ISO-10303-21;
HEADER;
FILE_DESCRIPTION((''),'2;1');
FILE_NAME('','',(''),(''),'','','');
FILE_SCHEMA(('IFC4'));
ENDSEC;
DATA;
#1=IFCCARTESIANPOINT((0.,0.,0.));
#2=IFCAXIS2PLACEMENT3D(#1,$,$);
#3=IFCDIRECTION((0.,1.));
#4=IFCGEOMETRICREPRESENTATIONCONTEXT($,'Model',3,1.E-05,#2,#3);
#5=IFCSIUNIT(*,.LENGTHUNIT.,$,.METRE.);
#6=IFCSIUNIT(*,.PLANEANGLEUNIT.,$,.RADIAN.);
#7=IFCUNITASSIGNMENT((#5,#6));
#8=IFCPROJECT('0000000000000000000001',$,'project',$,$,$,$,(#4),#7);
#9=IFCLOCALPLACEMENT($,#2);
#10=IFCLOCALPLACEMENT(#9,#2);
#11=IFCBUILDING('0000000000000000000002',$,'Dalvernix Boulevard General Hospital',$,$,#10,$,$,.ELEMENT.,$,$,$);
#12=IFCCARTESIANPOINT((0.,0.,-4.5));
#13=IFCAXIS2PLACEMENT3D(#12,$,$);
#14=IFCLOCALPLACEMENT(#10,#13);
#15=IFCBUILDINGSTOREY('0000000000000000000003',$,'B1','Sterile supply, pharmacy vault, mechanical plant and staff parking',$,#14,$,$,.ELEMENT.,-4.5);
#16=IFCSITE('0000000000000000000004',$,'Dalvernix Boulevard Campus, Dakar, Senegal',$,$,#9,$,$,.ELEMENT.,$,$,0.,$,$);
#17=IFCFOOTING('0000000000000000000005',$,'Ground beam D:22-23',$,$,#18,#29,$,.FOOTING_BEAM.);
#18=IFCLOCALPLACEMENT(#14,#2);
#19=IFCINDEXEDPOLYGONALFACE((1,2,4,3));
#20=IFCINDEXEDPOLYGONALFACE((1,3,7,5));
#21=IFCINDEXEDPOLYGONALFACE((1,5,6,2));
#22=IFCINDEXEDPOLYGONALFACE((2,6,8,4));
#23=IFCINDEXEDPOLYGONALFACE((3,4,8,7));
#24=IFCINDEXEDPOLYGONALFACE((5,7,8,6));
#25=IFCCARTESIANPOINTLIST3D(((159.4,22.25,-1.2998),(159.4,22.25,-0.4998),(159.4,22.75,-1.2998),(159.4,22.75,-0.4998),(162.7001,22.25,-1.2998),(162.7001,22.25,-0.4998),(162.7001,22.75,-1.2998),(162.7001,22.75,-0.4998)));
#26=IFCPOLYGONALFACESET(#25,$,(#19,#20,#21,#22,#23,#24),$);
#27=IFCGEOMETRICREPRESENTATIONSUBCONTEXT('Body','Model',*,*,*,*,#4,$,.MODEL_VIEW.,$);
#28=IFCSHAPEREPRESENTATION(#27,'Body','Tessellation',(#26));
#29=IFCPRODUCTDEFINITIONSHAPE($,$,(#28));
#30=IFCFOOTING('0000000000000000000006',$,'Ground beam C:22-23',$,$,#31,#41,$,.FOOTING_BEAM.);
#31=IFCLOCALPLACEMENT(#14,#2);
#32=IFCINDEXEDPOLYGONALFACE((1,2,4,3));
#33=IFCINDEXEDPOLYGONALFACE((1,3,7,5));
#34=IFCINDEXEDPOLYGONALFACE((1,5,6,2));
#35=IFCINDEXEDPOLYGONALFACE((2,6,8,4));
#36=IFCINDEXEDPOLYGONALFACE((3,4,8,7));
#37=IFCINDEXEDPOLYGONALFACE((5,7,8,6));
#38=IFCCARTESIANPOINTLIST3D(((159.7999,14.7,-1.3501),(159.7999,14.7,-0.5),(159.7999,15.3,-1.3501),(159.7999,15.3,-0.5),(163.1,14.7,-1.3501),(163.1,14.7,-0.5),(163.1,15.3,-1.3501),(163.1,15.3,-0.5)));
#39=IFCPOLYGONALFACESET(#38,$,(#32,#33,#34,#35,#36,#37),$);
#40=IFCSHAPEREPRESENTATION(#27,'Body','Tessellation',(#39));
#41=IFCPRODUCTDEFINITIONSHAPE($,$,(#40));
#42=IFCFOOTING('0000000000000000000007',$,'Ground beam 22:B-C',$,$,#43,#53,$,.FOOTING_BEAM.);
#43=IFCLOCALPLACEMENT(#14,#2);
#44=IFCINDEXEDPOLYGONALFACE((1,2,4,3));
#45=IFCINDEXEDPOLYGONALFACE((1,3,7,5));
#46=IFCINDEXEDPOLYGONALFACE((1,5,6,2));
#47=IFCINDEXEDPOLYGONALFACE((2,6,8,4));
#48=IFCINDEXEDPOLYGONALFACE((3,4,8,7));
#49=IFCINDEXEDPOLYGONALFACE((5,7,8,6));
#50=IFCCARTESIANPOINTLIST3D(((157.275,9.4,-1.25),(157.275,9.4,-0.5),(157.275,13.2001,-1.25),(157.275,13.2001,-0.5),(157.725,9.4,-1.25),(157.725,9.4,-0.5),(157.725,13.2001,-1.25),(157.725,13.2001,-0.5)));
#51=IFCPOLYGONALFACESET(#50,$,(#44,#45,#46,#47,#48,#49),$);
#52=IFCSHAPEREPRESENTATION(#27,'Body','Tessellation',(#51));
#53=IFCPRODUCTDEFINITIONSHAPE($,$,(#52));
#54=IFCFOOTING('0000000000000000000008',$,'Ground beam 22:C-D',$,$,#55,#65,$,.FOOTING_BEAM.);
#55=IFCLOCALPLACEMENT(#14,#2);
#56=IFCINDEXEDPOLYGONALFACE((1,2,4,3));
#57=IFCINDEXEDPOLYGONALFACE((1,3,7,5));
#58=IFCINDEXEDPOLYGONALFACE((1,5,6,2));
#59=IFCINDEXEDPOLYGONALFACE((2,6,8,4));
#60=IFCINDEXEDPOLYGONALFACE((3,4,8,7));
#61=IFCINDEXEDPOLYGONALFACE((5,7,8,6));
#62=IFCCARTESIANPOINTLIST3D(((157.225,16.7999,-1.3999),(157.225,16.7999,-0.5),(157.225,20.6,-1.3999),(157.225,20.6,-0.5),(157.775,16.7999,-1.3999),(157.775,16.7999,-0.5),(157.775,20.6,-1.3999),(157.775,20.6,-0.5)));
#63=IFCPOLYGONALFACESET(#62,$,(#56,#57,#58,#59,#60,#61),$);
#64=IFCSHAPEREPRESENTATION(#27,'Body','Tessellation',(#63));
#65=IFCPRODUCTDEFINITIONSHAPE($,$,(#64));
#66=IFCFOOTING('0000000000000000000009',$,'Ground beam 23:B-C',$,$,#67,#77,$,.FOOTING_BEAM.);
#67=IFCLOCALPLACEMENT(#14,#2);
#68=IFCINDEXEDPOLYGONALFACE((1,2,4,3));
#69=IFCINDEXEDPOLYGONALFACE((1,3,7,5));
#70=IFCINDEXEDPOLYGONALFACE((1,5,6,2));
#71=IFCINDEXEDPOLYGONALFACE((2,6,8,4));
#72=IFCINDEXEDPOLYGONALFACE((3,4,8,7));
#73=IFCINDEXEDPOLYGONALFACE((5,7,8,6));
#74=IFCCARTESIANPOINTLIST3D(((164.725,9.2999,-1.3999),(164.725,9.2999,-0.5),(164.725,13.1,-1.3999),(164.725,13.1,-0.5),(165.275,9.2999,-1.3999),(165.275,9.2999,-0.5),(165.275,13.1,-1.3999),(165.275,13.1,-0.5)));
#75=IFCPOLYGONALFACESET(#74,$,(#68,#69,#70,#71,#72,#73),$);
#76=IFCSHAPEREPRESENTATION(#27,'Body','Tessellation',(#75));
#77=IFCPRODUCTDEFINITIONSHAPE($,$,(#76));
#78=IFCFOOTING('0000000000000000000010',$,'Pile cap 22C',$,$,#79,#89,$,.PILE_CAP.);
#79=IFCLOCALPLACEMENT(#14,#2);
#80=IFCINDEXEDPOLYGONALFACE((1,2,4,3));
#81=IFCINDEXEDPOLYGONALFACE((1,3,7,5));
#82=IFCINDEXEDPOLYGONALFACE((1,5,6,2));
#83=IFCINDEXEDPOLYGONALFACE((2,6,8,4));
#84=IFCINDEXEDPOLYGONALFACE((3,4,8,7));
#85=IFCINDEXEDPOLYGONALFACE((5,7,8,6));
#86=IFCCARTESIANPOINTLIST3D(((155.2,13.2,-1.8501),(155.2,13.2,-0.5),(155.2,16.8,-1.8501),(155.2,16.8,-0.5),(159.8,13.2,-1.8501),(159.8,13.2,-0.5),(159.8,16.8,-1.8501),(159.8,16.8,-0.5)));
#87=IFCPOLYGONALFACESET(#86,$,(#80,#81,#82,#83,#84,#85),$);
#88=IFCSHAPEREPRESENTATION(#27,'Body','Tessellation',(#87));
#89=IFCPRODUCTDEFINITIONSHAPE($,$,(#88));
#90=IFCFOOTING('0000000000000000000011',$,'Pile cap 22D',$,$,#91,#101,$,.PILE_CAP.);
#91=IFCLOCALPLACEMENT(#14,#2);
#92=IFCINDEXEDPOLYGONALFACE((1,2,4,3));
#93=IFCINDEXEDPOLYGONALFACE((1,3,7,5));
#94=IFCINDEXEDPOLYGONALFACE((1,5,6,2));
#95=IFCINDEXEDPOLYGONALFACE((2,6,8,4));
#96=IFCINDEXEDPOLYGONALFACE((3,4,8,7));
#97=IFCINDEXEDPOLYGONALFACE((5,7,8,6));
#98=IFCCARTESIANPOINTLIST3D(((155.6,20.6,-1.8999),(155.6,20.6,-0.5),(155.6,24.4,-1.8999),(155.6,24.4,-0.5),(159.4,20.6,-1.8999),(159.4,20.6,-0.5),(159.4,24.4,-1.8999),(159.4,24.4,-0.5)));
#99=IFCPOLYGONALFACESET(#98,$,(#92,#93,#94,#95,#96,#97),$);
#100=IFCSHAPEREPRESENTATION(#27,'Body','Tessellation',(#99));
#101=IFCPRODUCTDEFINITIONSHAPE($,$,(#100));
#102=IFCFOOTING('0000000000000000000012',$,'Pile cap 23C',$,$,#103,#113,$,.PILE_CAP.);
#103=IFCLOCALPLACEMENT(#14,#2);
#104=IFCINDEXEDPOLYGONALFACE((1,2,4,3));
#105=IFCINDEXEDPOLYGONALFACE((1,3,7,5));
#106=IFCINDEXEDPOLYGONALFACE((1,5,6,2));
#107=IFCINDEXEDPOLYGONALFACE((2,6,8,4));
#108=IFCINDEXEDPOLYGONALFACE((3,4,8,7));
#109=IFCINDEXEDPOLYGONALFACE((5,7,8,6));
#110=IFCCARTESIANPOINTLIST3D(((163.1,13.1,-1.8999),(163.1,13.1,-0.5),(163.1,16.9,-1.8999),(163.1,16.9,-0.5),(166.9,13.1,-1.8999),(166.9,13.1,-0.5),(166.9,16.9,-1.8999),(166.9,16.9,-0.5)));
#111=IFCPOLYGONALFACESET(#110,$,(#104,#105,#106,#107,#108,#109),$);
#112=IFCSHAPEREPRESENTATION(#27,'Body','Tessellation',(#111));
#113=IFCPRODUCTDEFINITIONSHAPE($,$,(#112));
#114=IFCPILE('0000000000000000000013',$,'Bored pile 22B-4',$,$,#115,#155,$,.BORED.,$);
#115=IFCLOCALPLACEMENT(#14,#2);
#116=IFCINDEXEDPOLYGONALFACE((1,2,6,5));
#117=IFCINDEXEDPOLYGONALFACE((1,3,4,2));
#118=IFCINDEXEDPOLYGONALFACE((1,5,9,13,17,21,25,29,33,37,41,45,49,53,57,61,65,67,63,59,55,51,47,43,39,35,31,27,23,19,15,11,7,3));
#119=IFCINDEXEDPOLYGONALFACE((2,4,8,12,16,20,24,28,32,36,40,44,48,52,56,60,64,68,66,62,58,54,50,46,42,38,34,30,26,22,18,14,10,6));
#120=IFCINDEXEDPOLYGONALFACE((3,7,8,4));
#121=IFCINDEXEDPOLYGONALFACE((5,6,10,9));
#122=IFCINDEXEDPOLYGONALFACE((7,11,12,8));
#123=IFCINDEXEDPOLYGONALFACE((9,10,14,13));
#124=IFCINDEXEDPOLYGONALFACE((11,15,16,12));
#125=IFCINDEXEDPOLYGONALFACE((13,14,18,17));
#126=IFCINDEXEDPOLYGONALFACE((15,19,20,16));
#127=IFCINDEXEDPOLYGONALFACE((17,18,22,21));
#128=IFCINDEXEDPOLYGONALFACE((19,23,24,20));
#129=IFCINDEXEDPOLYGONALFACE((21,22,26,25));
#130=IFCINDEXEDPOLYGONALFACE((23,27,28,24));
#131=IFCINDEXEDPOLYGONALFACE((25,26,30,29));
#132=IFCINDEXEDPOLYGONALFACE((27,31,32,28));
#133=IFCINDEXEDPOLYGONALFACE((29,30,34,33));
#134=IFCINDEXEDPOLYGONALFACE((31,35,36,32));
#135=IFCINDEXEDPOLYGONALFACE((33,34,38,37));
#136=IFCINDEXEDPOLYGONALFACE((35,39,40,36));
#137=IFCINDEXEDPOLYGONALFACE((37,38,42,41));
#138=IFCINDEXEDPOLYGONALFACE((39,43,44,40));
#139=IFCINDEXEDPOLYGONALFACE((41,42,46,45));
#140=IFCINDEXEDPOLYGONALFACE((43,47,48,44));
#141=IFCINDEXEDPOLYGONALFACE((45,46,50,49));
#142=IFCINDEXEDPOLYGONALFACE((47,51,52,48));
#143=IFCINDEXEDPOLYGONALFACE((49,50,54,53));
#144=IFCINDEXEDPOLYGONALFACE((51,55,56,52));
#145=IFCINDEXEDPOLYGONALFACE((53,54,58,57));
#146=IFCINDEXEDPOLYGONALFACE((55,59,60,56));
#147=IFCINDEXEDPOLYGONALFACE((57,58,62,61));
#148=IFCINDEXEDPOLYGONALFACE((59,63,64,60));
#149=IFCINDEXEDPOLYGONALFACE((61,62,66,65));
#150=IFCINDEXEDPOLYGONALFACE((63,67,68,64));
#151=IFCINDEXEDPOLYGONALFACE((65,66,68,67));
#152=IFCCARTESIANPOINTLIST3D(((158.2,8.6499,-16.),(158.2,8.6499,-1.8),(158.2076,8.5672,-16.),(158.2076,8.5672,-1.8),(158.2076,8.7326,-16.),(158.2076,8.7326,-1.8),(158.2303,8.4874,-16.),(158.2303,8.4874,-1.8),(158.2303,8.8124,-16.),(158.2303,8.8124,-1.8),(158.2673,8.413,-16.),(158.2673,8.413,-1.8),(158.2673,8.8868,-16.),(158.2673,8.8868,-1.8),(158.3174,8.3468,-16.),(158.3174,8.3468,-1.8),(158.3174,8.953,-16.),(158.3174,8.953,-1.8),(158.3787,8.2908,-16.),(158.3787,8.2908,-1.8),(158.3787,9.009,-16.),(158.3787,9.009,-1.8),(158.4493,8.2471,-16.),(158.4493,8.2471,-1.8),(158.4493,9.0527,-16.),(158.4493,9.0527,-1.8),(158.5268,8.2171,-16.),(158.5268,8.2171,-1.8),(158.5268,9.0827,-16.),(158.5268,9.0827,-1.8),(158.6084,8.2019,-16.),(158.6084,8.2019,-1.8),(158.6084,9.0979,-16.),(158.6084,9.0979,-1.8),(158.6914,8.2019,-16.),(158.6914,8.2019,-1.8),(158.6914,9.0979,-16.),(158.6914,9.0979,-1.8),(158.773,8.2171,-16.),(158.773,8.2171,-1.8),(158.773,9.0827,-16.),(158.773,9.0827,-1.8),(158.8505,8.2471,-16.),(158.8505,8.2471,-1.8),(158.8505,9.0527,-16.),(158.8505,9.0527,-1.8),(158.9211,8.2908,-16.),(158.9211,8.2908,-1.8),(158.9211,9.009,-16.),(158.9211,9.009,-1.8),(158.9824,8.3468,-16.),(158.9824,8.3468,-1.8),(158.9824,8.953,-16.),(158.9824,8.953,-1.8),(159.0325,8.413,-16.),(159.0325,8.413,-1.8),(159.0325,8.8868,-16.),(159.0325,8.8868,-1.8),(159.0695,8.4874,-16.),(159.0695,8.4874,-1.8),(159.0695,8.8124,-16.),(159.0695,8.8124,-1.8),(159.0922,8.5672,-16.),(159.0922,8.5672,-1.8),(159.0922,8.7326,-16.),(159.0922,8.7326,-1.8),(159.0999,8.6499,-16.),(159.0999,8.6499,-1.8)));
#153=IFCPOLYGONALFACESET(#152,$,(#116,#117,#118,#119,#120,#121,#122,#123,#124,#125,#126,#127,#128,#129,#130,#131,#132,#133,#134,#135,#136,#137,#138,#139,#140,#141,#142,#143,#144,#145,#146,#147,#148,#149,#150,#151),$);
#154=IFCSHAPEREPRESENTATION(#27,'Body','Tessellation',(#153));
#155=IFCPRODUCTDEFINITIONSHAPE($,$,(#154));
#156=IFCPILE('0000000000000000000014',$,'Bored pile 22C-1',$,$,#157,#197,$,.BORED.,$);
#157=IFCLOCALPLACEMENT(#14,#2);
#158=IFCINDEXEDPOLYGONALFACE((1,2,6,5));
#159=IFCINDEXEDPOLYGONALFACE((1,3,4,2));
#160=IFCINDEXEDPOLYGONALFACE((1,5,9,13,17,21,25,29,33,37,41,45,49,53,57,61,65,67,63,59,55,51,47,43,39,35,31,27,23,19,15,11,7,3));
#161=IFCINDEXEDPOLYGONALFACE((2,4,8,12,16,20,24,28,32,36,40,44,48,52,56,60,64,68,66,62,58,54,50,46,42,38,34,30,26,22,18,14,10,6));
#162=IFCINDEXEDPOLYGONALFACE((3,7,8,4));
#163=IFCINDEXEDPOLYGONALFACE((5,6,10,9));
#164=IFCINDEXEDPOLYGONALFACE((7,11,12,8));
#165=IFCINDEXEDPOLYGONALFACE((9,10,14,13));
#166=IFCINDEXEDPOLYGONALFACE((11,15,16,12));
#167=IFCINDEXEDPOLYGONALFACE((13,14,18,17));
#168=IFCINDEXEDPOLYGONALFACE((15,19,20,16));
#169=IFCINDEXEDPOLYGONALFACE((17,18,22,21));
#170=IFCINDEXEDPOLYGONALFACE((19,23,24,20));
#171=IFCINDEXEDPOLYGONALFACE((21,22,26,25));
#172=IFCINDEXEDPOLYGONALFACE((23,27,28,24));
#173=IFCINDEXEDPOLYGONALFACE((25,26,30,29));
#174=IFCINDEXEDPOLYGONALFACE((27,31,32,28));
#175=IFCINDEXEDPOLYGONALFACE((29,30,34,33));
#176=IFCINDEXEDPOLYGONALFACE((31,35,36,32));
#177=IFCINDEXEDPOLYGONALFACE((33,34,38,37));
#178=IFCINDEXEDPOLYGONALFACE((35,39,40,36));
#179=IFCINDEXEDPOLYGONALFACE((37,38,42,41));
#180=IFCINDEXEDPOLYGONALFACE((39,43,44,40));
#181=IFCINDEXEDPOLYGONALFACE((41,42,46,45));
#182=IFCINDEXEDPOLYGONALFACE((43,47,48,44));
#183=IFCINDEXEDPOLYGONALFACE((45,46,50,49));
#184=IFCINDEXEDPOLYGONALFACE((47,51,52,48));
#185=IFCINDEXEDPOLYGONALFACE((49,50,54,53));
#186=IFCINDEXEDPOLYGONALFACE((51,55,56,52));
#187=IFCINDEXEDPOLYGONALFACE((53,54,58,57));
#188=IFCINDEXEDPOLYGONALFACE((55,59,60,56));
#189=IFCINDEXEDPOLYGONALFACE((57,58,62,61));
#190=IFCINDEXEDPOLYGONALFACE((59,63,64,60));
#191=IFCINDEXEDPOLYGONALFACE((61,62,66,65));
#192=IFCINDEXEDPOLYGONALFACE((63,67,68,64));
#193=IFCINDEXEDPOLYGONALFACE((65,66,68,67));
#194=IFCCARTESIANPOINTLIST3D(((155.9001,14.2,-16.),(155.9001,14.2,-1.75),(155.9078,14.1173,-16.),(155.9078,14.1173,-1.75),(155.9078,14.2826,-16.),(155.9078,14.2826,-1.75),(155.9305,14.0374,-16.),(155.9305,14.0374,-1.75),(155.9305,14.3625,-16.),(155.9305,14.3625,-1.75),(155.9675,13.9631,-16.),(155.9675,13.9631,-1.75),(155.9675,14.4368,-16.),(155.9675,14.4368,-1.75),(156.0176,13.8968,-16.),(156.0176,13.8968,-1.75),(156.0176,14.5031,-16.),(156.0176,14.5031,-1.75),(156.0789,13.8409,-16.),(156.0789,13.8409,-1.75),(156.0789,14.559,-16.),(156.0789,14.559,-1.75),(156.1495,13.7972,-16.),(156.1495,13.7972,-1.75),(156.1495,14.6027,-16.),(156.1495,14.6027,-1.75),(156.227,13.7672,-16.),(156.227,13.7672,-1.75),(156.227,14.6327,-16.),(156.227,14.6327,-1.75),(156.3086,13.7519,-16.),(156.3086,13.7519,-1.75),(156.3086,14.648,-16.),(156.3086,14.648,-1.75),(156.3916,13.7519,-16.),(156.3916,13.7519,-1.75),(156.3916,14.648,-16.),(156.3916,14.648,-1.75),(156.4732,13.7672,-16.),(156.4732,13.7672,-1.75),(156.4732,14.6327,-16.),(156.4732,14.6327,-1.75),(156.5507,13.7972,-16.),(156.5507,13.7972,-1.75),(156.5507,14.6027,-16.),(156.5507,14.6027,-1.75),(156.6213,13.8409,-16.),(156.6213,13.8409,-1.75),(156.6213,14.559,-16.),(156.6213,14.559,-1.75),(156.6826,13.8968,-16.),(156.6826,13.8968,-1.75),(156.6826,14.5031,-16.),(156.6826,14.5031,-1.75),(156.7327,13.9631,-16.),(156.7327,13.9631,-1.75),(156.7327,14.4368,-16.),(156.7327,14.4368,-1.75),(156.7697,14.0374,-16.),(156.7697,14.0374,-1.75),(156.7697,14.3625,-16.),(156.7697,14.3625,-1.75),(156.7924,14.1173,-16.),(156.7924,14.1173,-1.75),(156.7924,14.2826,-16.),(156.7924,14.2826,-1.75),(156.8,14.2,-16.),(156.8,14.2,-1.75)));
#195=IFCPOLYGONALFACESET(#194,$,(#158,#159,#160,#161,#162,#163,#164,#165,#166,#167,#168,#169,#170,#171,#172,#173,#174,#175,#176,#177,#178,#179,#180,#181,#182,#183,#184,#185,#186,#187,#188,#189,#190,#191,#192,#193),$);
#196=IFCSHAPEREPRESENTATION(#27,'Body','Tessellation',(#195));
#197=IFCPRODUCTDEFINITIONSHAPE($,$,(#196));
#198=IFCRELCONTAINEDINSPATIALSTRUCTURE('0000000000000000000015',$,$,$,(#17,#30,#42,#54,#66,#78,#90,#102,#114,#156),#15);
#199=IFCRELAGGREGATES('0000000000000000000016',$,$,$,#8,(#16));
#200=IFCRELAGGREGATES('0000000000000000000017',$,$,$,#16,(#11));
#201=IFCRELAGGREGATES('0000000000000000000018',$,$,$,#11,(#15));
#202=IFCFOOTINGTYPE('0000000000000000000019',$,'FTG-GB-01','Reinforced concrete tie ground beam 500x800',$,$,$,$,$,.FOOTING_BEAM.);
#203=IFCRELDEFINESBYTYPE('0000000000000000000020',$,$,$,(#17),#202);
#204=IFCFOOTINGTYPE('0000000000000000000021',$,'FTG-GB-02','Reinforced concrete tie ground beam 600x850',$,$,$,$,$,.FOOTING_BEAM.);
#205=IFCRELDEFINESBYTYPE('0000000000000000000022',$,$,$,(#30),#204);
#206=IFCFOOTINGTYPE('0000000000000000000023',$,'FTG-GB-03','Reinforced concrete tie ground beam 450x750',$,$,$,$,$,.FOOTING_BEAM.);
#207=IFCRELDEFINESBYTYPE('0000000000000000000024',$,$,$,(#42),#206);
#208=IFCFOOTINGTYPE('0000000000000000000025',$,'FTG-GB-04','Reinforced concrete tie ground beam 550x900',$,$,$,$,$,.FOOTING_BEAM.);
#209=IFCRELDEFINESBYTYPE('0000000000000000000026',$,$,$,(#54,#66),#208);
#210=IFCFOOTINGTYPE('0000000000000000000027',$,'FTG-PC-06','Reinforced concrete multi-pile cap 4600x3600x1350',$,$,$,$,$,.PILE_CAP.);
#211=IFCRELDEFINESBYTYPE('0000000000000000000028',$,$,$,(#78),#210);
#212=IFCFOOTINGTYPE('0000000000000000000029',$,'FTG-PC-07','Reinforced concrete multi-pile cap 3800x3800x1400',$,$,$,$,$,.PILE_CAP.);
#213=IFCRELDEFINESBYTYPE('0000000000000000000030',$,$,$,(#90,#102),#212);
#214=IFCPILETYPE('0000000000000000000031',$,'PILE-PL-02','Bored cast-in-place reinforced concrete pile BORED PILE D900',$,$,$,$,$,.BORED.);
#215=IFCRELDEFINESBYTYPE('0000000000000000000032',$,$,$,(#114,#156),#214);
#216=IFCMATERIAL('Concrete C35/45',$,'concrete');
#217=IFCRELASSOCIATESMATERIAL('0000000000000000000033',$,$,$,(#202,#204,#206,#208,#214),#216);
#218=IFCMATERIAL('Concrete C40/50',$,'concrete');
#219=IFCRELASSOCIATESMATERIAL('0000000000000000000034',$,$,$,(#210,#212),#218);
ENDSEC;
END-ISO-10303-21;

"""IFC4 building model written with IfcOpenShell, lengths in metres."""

from ifc_helpers import new_model, si_unit, direction, frame, origin, origin_2d, place, context, subcontext, project, spatial, rectangle, circle, extrude, material, material_profile, profile_set, type_object, element, save


model = new_model("IFC4")

# Units and contexts
model_context = context("Model", 3, precision=1e-05, world=origin(), true_north=direction((0.0, 1.0)))
body_context = subcontext(model_context, "Body", "Model", "MODEL_VIEW")
ifc_project = project(units=[si_unit("LENGTHUNIT", "METRE"), si_unit("PLANEANGLEUNIT", "RADIAN")], contexts=[model_context])

# Site, building, storey
site_placement = place(None, origin())
site = spatial("IfcSite", under=ifc_project, at=site_placement, Name="Dalvernix Boulevard Campus, Dakar, Senegal", CompositionType="ELEMENT", RefElevation=0.0)
building_placement = place(site_placement, origin())
building = spatial("IfcBuilding", under=site, at=building_placement, Name="Dalvernix Boulevard General Hospital", CompositionType="ELEMENT")
storey_placement = place(building_placement, frame((0.0, 0.0, -4.5)))
storey = spatial("IfcBuildingStorey", under=building, at=storey_placement, Name="B1", Description="Sterile supply, pharmacy vault, mechanical plant and staff parking", CompositionType="ELEMENT", Elevation=-4.5)

# Footings
ifc_material_1 = material(Name="Concrete C35/45", Category="concrete")
footing_type_1 = type_object("IfcFootingType", Name="FTG-GB-01", Description="Reinforced concrete tie ground beam 500x800", PredefinedType="FOOTING_BEAM", material=ifc_material_1)
footing_1_placement = place(storey_placement, frame((161.05, 22.5, -1.2998), z_axis=(0.0, 0.0, 1.0), x_axis=(1.0, 0.0, 0.0)))
element("IfcFooting", 1, at=footing_1_placement, inside=storey, type_object=footing_type_1, Name="Ground beam D:22-23", PredefinedType="FOOTING_BEAM", context=body_context, shape_type="SweptSolid", body=[
    extrude(rectangle(XDim=3.3, YDim=0.5, at=origin_2d()), origin(), (0.0, 0.0, 1.0), 0.8),
])
footing_type_2 = type_object("IfcFootingType", Name="FTG-GB-02", Description="Reinforced concrete tie ground beam 600x850", PredefinedType="FOOTING_BEAM", material=ifc_material_1)
footing_2_placement = place(storey_placement, frame((161.45, 15.0, -1.3501), z_axis=(0.0, 0.0, 1.0), x_axis=(1.0, 0.0, 0.0)))
element("IfcFooting", 2, at=footing_2_placement, inside=storey, type_object=footing_type_2, Name="Ground beam C:22-23", PredefinedType="FOOTING_BEAM", context=body_context, shape_type="SweptSolid", body=[
    extrude(rectangle(XDim=3.3, YDim=0.6001, at=origin_2d()), origin(), (0.0, 0.0, 1.0), 0.8501),
])
footing_type_3 = type_object("IfcFootingType", Name="FTG-GB-03", Description="Reinforced concrete tie ground beam 450x750", PredefinedType="FOOTING_BEAM", material=ifc_material_1)
footing_3_placement = place(storey_placement, frame((157.5, 11.3, -1.25), z_axis=(0.0, 0.0, 1.0), x_axis=(0.0, 1.0, 0.0)))
element("IfcFooting", 3, at=footing_3_placement, inside=storey, type_object=footing_type_3, Name="Ground beam 22:B-C", PredefinedType="FOOTING_BEAM", context=body_context, shape_type="SweptSolid", body=[
    extrude(rectangle(XDim=3.8, YDim=0.45, at=origin_2d()), origin(), (0.0, 0.0, 1.0), 0.75),
])
footing_type_4 = type_object("IfcFootingType", Name="FTG-GB-04", Description="Reinforced concrete tie ground beam 550x900", PredefinedType="FOOTING_BEAM", material=ifc_material_1)
for number, where, z_axis, x_axis, name in (
    (4, (157.5, 18.7, -1.3999), (0.0, 0.0, 1.0), (0.0, 1.0, 0.0), "Ground beam 22:C-D"),
    (5, (165.0, 11.2, -1.3999), (0.0, 0.0, 1.0), (0.0, 1.0, 0.0), "Ground beam 23:B-C"),
):
    element("IfcFooting", number, at=place(storey_placement, frame(where, z_axis=z_axis, x_axis=x_axis)), inside=storey, type_object=footing_type_4, Name=name, PredefinedType="FOOTING_BEAM", context=body_context, shape_type="SweptSolid", body=[
        extrude(rectangle(XDim=3.8, YDim=0.55, at=origin_2d()), origin(), (0.0, 0.0, 1.0), 0.8999),
    ])
ifc_material_2 = material(Name="Concrete C40/50", Category="concrete")
footing_type_5 = type_object("IfcFootingType", Name="FTG-PC-06", Description="Reinforced concrete multi-pile cap 4600x3600x1350", PredefinedType="PILE_CAP", material=ifc_material_2)
footing_4_placement = place(storey_placement, frame((157.5, 15.0, -1.8501), z_axis=(0.0, 0.0, 1.0), x_axis=(1.0, 0.0, 0.0)))
element("IfcFooting", 6, at=footing_4_placement, inside=storey, type_object=footing_type_5, Name="Pile cap 22C", PredefinedType="PILE_CAP", context=body_context, shape_type="SweptSolid", body=[
    extrude(rectangle(XDim=4.6001, YDim=3.6001, at=origin_2d()), origin(), (0.0, 0.0, 1.0), 1.3501),
])
footing_type_6 = type_object("IfcFootingType", Name="FTG-PC-07", Description="Reinforced concrete multi-pile cap 3800x3800x1400", PredefinedType="PILE_CAP", material=ifc_material_2)
for number, where, z_axis, x_axis, name in (
    (7, (157.5, 22.5, -1.8999), (0.0, 0.0, 1.0), (1.0, 0.0, 0.0), "Pile cap 22D"),
    (8, (165.0, 15.0, -1.8999), (0.0, 0.0, 1.0), (1.0, 0.0, 0.0), "Pile cap 23C"),
):
    element("IfcFooting", number, at=place(storey_placement, frame(where, z_axis=z_axis, x_axis=x_axis)), inside=storey, type_object=footing_type_6, Name=name, PredefinedType="PILE_CAP", context=body_context, shape_type="SweptSolid", body=[
        extrude(rectangle(XDim=3.8, YDim=3.8, at=origin_2d()), origin(), (0.0, 0.0, 1.0), 1.3999),
    ])

# Piles
ifc_material_profile_1 = material_profile(ifc_material_1, circle(Radius=0.45, at=origin_2d()), Name="BORED PILE D900")
ifc_profile_set_1 = profile_set([ifc_material_profile_1], Name="Concrete C35/45")
pile_type = type_object("IfcPileType", Name="PILE-PL-02", Description="Bored cast-in-place reinforced concrete pile BORED PILE D900", PredefinedType="BORED", material=ifc_profile_set_1)
pile_1_placement = place(storey_placement, frame((158.6499, 8.6499, -1.8), z_axis=(0.0, 0.0, -1.0), x_axis=(1.0, 0.0, 0.0)))
element("IfcPile", 9, at=pile_1_placement, inside=storey, type_object=pile_type, Name="Bored pile 22B-4", PredefinedType="BORED", context=body_context, shape_type="SweptSolid", body=[
    extrude(circle(Radius=0.45, at=origin_2d()), origin(), (0.0, 0.0, 1.0), 14.2),
])
for number, where, z_axis, x_axis, name in (
    (10, (156.3501, 14.2, -1.75), (0.0, 0.0, -1.0), (1.0, 0.0, 0.0), "Bored pile 22C-1"),
):
    element("IfcPile", number, at=place(storey_placement, frame(where, z_axis=z_axis, x_axis=x_axis)), inside=storey, type_object=pile_type, Name=name, PredefinedType="BORED", context=body_context, shape_type="SweptSolid", body=[
        extrude(circle(Radius=0.45, at=origin_2d()), origin(), (0.0, 0.0, 1.0), 14.25),
    ])

save(model, "model.ifc")
